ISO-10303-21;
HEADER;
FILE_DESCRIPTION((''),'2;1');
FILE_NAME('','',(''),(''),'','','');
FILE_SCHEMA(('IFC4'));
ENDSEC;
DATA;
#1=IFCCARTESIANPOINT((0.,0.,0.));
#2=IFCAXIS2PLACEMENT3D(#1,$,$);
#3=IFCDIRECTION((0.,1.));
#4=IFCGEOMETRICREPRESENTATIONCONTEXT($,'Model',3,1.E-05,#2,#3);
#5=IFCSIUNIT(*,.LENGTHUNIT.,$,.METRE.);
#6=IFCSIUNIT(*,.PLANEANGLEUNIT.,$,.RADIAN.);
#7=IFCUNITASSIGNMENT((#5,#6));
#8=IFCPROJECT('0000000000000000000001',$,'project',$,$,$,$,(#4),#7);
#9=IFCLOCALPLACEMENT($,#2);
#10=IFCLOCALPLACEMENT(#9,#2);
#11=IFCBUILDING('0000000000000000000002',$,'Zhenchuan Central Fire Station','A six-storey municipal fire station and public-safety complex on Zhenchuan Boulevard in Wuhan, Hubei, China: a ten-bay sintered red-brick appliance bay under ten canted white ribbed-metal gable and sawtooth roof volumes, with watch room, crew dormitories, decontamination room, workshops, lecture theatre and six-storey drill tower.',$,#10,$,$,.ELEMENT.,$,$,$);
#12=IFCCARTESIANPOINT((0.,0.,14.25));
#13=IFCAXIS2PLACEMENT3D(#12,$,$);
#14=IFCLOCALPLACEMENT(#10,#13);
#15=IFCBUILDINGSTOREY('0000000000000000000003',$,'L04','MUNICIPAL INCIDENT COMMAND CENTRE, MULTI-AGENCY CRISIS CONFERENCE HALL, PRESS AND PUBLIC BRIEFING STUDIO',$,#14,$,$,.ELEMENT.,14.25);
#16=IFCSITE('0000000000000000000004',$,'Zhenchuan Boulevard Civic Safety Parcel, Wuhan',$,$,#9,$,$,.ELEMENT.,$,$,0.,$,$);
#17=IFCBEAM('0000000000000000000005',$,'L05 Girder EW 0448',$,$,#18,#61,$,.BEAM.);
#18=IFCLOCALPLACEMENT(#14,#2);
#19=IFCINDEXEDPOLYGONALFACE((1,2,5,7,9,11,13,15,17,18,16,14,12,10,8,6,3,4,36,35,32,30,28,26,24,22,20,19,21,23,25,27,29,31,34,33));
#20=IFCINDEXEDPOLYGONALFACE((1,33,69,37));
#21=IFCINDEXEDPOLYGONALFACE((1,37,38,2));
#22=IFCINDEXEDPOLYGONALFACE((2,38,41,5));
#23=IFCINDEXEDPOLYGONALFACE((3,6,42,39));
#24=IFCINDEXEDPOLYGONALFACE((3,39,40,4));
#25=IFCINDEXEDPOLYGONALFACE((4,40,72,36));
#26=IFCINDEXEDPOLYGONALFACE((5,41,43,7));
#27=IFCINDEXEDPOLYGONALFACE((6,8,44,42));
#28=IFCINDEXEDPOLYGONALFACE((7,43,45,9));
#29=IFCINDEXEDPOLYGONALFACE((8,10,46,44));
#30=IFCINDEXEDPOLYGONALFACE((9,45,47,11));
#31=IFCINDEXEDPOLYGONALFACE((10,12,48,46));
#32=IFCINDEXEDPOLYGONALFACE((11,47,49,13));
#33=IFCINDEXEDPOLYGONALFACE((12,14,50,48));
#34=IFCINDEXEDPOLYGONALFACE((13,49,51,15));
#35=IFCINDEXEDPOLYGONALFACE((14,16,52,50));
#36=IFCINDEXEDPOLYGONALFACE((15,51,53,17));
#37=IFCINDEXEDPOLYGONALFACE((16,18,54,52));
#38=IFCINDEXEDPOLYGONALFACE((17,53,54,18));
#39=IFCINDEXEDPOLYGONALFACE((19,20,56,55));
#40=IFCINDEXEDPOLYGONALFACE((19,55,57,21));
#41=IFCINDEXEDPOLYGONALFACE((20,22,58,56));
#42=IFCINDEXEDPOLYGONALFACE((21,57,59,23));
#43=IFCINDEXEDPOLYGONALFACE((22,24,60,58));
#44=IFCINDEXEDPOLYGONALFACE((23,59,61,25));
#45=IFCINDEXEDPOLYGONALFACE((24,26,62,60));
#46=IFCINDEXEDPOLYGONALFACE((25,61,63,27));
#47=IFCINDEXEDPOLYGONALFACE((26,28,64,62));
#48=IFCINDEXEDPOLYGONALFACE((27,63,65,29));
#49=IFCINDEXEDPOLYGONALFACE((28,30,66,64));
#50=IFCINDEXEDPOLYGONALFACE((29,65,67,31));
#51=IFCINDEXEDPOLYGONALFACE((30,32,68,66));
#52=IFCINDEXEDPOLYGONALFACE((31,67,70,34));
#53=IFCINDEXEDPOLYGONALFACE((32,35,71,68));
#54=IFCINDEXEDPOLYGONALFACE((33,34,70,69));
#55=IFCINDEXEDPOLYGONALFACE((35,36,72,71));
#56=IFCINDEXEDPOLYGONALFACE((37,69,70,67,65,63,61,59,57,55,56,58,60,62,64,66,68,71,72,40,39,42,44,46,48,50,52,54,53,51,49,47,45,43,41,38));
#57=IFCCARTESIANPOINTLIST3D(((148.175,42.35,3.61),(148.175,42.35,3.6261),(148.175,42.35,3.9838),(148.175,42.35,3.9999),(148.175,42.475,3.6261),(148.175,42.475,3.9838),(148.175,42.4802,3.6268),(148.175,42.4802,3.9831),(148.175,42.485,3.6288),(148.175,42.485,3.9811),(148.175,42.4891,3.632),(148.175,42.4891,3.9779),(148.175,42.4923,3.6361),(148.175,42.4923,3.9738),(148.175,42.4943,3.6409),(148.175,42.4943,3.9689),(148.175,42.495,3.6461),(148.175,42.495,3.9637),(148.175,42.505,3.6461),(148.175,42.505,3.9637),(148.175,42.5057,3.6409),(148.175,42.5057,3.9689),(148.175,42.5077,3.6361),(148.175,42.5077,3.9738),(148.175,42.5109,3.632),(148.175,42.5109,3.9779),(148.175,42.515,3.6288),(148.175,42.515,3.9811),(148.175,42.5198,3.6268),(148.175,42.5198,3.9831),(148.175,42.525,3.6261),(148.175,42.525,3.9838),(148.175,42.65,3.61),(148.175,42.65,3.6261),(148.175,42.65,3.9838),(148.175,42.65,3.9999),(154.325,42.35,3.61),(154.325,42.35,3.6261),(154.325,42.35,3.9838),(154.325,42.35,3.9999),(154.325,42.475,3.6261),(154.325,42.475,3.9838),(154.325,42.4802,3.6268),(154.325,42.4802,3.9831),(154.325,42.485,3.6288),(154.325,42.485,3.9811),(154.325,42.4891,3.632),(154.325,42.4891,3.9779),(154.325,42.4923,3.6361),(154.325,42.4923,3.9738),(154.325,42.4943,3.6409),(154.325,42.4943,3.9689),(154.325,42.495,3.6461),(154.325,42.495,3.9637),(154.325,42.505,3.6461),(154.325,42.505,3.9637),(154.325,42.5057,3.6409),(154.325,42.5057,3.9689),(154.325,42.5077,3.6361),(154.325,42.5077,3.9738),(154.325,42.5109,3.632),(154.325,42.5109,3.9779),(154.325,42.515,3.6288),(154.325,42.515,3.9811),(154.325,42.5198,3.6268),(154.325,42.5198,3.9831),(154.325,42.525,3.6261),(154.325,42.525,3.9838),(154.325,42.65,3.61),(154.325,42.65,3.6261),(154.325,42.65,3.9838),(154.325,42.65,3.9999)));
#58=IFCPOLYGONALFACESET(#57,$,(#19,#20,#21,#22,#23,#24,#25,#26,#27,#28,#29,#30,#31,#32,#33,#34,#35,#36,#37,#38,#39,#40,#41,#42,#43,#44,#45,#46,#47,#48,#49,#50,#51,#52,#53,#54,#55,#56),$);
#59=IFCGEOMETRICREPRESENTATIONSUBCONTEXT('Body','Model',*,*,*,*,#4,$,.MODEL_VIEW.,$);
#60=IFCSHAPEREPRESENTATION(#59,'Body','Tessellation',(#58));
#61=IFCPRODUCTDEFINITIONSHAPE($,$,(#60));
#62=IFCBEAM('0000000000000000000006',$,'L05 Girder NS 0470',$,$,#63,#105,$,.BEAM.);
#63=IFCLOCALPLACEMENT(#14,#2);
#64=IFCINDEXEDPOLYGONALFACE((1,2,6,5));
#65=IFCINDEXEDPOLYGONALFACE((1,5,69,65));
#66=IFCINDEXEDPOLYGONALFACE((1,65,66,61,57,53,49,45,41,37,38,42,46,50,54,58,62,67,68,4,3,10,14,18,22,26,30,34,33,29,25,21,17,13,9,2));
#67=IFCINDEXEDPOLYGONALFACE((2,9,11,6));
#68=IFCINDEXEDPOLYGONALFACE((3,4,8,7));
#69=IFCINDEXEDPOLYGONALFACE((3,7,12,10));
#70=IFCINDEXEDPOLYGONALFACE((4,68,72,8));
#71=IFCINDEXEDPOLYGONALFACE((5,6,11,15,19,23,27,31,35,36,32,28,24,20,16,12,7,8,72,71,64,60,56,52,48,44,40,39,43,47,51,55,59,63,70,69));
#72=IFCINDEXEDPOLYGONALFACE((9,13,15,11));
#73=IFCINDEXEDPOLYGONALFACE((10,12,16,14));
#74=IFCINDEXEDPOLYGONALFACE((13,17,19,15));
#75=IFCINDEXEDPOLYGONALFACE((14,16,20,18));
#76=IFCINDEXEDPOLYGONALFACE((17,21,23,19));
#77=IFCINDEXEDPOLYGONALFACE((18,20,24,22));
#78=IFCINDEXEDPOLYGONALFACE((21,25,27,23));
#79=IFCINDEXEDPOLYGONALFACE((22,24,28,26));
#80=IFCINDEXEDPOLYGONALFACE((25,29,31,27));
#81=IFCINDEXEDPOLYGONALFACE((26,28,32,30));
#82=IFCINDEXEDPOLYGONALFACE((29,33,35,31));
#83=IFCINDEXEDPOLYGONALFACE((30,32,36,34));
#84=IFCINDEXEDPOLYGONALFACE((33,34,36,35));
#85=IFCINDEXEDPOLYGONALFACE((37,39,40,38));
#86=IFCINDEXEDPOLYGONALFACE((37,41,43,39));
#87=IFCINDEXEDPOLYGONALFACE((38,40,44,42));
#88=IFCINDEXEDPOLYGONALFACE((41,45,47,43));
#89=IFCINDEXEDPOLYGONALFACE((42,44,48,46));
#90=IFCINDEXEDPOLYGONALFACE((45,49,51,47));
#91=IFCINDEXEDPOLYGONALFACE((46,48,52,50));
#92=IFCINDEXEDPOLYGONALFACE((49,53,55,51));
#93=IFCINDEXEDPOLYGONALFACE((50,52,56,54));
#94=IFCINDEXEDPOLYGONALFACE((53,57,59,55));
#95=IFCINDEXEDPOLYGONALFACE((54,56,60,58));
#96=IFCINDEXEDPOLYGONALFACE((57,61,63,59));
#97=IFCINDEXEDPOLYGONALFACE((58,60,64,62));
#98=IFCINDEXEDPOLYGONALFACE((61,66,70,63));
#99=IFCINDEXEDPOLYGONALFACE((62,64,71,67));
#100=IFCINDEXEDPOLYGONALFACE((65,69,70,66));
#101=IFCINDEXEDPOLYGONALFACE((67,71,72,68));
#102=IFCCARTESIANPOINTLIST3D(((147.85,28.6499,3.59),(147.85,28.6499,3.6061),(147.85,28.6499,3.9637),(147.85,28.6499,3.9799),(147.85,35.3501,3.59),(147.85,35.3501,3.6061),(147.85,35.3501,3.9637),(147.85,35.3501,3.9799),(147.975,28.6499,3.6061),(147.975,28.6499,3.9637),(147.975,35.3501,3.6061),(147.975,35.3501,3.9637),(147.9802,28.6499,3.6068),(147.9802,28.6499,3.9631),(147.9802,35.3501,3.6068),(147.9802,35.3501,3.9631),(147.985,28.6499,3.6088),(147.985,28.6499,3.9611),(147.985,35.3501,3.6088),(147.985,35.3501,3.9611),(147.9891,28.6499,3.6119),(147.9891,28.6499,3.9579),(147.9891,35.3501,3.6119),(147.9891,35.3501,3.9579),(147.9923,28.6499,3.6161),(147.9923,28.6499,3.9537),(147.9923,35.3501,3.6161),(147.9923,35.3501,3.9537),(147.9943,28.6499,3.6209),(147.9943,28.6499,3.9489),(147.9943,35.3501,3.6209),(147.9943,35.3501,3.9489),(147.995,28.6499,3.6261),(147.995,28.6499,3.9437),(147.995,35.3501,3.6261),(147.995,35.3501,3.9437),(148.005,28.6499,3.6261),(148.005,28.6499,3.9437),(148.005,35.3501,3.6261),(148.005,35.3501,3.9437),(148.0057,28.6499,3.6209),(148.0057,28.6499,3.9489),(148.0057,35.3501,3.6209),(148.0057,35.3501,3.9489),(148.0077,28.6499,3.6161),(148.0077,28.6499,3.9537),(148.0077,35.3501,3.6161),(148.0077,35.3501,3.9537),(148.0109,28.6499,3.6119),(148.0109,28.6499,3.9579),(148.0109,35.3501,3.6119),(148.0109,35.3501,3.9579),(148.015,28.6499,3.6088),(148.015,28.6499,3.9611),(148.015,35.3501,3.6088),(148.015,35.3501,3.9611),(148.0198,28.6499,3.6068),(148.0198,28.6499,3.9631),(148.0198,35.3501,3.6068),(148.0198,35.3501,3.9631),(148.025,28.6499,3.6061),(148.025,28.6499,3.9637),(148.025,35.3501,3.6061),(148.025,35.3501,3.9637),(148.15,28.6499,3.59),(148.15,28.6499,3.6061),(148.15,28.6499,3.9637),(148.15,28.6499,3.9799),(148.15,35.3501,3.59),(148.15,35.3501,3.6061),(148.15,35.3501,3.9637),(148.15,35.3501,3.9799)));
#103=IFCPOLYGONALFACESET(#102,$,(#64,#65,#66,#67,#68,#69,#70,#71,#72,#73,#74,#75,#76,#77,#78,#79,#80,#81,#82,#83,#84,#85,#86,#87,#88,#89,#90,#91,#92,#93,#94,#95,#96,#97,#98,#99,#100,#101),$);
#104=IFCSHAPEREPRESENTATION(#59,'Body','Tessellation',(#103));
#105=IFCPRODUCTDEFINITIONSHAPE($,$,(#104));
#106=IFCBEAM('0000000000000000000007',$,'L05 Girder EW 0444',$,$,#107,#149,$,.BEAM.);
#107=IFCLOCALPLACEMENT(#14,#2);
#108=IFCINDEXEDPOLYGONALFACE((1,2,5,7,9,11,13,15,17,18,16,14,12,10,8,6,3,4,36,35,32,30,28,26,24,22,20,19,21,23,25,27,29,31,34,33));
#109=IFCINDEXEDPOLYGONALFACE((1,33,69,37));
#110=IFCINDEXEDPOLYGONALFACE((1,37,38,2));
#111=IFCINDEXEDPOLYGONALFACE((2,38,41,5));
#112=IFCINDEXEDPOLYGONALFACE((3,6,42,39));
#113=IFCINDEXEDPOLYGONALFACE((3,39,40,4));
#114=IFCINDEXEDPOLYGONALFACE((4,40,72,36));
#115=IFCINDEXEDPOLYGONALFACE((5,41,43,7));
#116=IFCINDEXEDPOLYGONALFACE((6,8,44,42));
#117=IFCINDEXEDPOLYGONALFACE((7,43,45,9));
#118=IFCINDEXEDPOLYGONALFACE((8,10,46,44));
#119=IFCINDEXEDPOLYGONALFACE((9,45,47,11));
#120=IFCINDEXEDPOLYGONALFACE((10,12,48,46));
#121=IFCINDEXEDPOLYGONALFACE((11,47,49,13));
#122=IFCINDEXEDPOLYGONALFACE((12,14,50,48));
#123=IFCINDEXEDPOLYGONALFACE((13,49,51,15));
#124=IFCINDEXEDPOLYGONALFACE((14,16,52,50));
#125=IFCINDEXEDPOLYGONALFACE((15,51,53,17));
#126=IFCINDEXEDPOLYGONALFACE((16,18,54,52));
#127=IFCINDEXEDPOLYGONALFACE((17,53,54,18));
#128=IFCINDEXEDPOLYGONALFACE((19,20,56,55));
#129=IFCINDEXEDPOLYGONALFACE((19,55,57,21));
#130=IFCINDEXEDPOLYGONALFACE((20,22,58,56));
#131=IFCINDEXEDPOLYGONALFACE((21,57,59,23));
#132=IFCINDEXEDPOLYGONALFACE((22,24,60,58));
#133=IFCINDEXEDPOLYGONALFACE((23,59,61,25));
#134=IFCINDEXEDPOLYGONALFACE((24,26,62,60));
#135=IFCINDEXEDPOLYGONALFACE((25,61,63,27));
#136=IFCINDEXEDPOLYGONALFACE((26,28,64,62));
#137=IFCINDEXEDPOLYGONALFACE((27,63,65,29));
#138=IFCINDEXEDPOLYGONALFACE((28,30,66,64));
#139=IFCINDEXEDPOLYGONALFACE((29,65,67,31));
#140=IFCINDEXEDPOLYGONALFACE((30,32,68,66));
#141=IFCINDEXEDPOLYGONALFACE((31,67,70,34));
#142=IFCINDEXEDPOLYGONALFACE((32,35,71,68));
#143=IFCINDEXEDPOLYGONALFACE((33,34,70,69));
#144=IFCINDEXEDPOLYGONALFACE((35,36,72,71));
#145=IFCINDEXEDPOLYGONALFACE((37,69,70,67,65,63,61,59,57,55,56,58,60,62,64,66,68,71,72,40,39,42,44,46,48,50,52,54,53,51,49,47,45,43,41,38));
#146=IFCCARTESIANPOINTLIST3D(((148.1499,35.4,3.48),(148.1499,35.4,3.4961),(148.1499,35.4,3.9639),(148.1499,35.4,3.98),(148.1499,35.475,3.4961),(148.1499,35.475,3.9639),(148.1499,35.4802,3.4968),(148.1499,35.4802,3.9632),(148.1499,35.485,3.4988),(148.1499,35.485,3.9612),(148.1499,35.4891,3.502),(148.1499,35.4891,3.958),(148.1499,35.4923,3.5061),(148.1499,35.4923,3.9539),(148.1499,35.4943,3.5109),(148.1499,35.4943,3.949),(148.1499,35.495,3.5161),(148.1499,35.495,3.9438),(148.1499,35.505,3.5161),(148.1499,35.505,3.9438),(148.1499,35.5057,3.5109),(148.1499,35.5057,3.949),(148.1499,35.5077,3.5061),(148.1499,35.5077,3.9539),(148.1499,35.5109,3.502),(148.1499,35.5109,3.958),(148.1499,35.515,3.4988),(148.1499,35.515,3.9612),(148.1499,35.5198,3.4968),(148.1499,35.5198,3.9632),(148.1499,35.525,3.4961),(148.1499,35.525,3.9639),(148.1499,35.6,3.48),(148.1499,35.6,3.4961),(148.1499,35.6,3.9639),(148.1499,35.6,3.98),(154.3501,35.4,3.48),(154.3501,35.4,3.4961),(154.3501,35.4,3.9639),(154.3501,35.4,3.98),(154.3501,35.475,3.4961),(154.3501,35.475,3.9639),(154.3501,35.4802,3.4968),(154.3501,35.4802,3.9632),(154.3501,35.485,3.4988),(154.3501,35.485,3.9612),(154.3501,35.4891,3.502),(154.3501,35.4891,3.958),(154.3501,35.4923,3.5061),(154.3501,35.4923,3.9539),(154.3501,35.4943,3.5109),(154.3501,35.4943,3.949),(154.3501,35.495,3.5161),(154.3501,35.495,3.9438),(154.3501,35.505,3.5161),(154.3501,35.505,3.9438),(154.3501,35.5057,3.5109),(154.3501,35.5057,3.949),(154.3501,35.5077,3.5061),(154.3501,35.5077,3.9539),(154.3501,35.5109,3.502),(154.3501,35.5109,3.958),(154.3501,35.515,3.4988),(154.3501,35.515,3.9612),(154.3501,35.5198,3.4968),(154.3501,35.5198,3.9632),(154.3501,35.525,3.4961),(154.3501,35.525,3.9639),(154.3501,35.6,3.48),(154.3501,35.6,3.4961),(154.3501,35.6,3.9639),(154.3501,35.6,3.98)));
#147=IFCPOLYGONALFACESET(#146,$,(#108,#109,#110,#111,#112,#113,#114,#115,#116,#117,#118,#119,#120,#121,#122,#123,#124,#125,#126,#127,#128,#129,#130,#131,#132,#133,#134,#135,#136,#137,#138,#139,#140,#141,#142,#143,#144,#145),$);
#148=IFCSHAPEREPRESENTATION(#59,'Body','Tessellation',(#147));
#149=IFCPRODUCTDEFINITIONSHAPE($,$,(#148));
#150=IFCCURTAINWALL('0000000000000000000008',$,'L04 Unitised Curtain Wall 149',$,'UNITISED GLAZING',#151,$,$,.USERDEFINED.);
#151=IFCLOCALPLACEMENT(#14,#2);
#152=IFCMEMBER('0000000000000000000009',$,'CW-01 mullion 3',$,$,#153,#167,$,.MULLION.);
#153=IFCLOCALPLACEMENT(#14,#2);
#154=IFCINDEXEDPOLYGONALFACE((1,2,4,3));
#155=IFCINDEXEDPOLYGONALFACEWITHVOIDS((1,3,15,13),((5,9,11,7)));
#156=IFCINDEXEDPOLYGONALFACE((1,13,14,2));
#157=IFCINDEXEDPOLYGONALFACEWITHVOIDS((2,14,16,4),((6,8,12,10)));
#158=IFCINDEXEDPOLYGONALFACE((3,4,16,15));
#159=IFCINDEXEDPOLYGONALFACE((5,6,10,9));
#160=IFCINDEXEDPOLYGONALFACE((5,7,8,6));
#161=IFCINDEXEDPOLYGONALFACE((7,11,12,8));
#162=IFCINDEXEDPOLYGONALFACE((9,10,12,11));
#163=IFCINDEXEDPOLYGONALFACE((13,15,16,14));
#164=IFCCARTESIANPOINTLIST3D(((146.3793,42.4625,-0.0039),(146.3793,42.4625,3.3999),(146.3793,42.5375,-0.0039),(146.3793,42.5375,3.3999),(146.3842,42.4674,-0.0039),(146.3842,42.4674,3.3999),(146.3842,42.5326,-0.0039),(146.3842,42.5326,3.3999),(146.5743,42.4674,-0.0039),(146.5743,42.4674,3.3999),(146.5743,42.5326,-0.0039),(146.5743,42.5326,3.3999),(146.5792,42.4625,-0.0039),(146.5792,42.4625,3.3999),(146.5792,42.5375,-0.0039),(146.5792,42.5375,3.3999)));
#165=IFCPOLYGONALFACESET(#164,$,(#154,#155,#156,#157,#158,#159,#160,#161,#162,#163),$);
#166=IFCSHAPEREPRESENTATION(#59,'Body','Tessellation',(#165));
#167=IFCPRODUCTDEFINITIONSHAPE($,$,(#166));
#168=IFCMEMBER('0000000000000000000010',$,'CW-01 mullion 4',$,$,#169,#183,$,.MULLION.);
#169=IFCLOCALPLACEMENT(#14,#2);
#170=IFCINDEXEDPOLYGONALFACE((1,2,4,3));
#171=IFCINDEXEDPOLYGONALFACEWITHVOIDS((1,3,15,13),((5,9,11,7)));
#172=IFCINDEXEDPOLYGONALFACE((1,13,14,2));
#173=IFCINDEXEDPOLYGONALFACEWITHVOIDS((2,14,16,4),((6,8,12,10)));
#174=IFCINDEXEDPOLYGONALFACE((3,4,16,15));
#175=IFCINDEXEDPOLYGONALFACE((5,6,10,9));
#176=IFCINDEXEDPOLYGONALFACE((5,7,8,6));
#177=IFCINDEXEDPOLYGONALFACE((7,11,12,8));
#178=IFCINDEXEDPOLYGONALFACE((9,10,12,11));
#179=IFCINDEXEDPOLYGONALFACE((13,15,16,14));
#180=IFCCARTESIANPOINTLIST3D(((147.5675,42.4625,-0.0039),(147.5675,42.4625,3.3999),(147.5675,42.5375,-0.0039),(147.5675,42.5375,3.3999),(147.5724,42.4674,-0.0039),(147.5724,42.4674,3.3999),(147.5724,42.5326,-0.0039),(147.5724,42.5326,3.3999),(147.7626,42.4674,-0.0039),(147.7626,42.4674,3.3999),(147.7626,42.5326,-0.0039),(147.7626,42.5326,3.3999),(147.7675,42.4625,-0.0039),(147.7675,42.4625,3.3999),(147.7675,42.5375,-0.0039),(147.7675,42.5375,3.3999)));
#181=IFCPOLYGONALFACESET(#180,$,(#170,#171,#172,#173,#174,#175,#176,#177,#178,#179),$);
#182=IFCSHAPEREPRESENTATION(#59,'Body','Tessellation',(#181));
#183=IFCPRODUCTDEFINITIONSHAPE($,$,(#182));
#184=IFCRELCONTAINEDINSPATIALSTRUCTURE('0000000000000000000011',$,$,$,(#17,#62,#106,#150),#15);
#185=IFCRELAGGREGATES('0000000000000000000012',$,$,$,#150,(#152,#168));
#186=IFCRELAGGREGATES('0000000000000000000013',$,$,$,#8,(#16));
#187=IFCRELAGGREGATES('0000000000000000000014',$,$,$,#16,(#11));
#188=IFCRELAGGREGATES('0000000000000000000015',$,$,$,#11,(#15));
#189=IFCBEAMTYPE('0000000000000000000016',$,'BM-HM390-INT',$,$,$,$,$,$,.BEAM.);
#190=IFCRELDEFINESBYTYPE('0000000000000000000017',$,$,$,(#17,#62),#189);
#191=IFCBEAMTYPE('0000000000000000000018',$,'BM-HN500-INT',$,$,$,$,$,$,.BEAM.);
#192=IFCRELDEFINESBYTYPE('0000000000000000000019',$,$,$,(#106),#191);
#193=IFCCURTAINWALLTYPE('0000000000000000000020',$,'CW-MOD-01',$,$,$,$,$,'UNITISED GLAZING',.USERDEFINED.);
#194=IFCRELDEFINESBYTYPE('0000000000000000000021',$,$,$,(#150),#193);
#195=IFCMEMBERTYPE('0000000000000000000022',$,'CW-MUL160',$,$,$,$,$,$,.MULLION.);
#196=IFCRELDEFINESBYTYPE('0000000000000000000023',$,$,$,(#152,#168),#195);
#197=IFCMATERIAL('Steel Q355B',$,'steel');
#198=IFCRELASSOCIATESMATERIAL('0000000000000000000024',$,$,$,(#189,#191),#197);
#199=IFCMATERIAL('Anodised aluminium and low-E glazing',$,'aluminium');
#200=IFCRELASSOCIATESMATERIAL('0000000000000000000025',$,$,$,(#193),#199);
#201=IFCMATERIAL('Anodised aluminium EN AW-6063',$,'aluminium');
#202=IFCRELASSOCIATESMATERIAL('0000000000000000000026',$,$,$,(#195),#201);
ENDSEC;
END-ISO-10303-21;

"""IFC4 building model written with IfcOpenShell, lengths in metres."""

from ifc_helpers import new_model, si_unit, direction, frame, origin, origin_2d, place, context, subcontext, project, spatial, hollow_rectangle, i_section, extrude, material, material_profile, profile_set, type_object, element, aggregate, save


model = new_model("IFC4")

# Units and contexts
model_context = context("Model", 3, precision=1e-05, world=origin(), true_north=direction((0.0, 1.0)))
body_context = subcontext(model_context, "Body", "Model", "MODEL_VIEW")
ifc_project = project(units=[si_unit("LENGTHUNIT", "METRE"), si_unit("PLANEANGLEUNIT", "RADIAN")], contexts=[model_context])

# Site, building, storey
site_placement = place(None, origin())
site = spatial("IfcSite", under=ifc_project, at=site_placement, Name="Zhenchuan Boulevard Civic Safety Parcel, Wuhan", CompositionType="ELEMENT", RefElevation=0.0)
building_placement = place(site_placement, origin())
building = spatial("IfcBuilding", under=site, at=building_placement, Name="Zhenchuan Central Fire Station", Description="A six-storey municipal fire station and public-safety complex on Zhenchuan Boulevard in Wuhan, Hubei, China: a ten-bay sintered red-brick appliance bay under ten canted white ribbed-metal gable and sawtooth roof volumes, with watch room, crew dormitories, decontamination room, workshops, lecture theatre and six-storey drill tower.", CompositionType="ELEMENT")
storey_placement = place(building_placement, frame((0.0, 0.0, 14.25)))
storey = spatial("IfcBuildingStorey", under=building, at=storey_placement, Name="L04", Description="MUNICIPAL INCIDENT COMMAND CENTRE, MULTI-AGENCY CRISIS CONFERENCE HALL, PRESS AND PUBLIC BRIEFING STUDIO", CompositionType="ELEMENT", Elevation=14.25)

# Shared definitions
ifc_material_1 = material(Name="Steel Q355B", Category="steel")

# Beams
ifc_material_profile_1 = material_profile(ifc_material_1, i_section(OverallWidth=0.3, OverallDepth=0.3899, WebThickness=0.01, FlangeThickness=0.0161, FilletRadius=0.02, at=origin_2d()), Name="HM 390x300")
ifc_profile_set_1 = profile_set([ifc_material_profile_1], Name="Steel Q355B")
beam_type_1 = type_object("IfcBeamType", Name="BM-HM390-INT", PredefinedType="BEAM", material=ifc_profile_set_1)
beam_1_placement = place(storey_placement, frame((148.175, 42.5, 3.8049), z_axis=(1.0, 0.0, 0.0), x_axis=(0.0, 1.0, 0.0)))
element("IfcBeam", 1, at=beam_1_placement, inside=storey, type_object=beam_type_1, Name="L05 Girder EW 0448", PredefinedType="BEAM", context=body_context, shape_type="SweptSolid", body=[
    extrude(i_section(OverallWidth=0.3, OverallDepth=0.3899, WebThickness=0.01, FlangeThickness=0.0161, FilletRadius=0.02, at=origin_2d()), origin(), (0.0, 0.0, 1.0), 6.1499),
])
beam_2_placement = place(storey_placement, frame((148.0, 28.6499, 3.7849), z_axis=(0.0, 1.0, 0.0), x_axis=(-1.0, 0.0, 0.0)))
element("IfcBeam", 2, at=beam_2_placement, inside=storey, type_object=beam_type_1, Name="L05 Girder NS 0470", PredefinedType="BEAM", context=body_context, shape_type="SweptSolid", body=[
    extrude(i_section(OverallWidth=0.3, OverallDepth=0.3899, WebThickness=0.01, FlangeThickness=0.0161, FilletRadius=0.02, at=origin_2d()), origin(), (0.0, 0.0, 1.0), 6.7002),
])
ifc_material_profile_2 = material_profile(ifc_material_1, i_section(OverallWidth=0.2, OverallDepth=0.5, WebThickness=0.01, FlangeThickness=0.0161, FilletRadius=0.02, at=origin_2d()), Name="HN 500x200")
ifc_profile_set_2 = profile_set([ifc_material_profile_2], Name="Steel Q355B")
beam_type_2 = type_object("IfcBeamType", Name="BM-HN500-INT", PredefinedType="BEAM", material=ifc_profile_set_2)
beam_3_placement = place(storey_placement, frame((148.1499, 35.5, 3.73), z_axis=(1.0, 0.0, 0.0), x_axis=(0.0, 1.0, 0.0)))
element("IfcBeam", 3, at=beam_3_placement, inside=storey, type_object=beam_type_2, Name="L05 Girder EW 0444", PredefinedType="BEAM", context=body_context, shape_type="SweptSolid", body=[
    extrude(i_section(OverallWidth=0.2, OverallDepth=0.5, WebThickness=0.01, FlangeThickness=0.0161, FilletRadius=0.02, at=origin_2d()), origin(), (0.0, 0.0, 1.0), 6.2002),
])

# Curtain wall, members
ifc_material_2 = material(Name="Anodised aluminium and low-E glazing", Category="aluminium")
curtain_wall_type = type_object("IfcCurtainWallType", Name="CW-MOD-01", ElementType="UNITISED GLAZING", PredefinedType="USERDEFINED", material=ifc_material_2)
curtain_wall_placement = place(storey_placement, origin())
curtain_wall = element("IfcCurtainWall", 4, at=curtain_wall_placement, inside=storey, type_object=curtain_wall_type, Name="L04 Unitised Curtain Wall 149", ObjectType="UNITISED GLAZING", PredefinedType="USERDEFINED")
ifc_material_3 = material(Name="Anodised aluminium EN AW-6063", Category="aluminium")
ifc_material_profile_3 = material_profile(ifc_material_3, hollow_rectangle(XDim=0.075, YDim=0.2, WallThickness=0.0049, at=origin_2d()), Name="ALU-M 200x75")
ifc_profile_set_3 = profile_set([ifc_material_profile_3], Name="Anodised aluminium EN AW-6063")
member_type_1 = type_object("IfcMemberType", Name="CW-MUL160", PredefinedType="MULLION", material=ifc_profile_set_3)
member_1_placement = place(storey_placement, frame((146.4792, 42.5, -0.0039), z_axis=(0.0, 0.0, 1.0), x_axis=(0.0, 1.0, 0.0)))
member_1 = element("IfcMember", 5, at=member_1_placement, type_object=member_type_1, Name="CW-01 mullion 3", PredefinedType="MULLION", context=body_context, shape_type="SweptSolid", body=[
    extrude(hollow_rectangle(XDim=0.075, YDim=0.2, WallThickness=0.0049, at=origin_2d()), origin(), (0.0, 0.0, 1.0), 3.4038),
])
member_2_placement = place(storey_placement, frame((147.6675, 42.5, -0.0039), z_axis=(0.0, 0.0, 1.0), x_axis=(0.0, 1.0, 0.0)))
member_2 = element("IfcMember", 6, at=member_2_placement, type_object=member_type_1, Name="CW-01 mullion 4", PredefinedType="MULLION", context=body_context, shape_type="SweptSolid", body=[
    extrude(hollow_rectangle(XDim=0.075, YDim=0.2, WallThickness=0.0049, at=origin_2d()), origin(), (0.0, 0.0, 1.0), 3.4038),
])

aggregate(curtain_wall, [member_1, member_2])

save(model, "model.ifc")
